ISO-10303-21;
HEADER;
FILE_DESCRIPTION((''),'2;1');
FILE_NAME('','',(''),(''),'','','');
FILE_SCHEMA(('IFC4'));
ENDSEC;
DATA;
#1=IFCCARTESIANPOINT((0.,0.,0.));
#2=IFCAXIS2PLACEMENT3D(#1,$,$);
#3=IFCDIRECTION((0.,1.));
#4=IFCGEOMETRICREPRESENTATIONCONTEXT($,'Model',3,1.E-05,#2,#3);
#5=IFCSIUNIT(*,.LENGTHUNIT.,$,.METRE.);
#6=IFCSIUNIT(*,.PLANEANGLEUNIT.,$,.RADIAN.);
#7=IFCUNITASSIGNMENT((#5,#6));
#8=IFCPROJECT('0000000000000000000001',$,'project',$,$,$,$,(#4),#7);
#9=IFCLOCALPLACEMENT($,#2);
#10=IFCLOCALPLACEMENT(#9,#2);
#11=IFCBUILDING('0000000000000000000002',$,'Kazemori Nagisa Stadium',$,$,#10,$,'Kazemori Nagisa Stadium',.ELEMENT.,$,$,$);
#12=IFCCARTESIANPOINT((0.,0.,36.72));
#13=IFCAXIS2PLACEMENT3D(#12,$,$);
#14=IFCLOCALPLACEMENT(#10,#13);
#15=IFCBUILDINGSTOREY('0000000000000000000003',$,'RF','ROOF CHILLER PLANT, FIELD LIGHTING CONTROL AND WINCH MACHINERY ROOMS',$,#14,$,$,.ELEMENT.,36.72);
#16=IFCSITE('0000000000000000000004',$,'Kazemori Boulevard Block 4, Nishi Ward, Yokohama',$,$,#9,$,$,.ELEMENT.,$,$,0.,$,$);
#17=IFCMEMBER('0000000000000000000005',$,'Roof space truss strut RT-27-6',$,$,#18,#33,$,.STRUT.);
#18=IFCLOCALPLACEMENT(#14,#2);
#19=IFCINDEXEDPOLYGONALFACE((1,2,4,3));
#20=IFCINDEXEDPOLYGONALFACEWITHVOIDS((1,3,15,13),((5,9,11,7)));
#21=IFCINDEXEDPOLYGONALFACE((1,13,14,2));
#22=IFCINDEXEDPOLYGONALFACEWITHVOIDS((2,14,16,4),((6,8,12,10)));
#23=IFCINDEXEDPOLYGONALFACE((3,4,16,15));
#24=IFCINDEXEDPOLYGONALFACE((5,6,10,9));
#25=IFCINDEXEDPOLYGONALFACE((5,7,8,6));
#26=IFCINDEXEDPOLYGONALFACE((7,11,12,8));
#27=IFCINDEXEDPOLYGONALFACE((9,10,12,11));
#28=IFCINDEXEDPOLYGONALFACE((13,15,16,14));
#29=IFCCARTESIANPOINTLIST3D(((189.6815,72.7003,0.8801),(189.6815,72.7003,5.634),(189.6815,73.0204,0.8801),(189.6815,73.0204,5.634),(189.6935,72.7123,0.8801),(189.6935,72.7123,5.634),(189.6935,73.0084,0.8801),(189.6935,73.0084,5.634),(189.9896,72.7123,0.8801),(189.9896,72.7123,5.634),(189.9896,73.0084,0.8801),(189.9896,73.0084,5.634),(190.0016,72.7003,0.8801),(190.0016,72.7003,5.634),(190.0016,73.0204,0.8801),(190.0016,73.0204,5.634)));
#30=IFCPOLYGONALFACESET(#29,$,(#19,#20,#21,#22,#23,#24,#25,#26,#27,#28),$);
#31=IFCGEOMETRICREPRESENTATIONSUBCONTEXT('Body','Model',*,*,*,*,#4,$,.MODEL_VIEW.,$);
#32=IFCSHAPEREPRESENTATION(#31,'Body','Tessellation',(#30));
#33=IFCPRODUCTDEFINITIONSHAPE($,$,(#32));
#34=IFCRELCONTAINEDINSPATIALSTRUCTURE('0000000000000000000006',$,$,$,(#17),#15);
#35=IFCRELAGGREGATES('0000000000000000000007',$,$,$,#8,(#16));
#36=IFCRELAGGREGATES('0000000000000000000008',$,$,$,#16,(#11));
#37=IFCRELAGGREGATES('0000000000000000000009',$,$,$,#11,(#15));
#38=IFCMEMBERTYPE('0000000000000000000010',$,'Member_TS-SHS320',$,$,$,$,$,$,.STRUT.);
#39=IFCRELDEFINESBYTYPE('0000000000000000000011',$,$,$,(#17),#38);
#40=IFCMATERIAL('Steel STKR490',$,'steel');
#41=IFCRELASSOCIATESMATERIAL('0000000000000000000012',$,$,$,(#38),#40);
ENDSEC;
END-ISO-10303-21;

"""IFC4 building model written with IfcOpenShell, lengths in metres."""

from ifc_helpers import new_model, si_unit, direction, frame, origin, origin_2d, place, context, subcontext, project, spatial, hollow_rectangle, extrude, material, material_profile, profile_set, type_object, element, save


model = new_model("IFC4")

# Units and contexts
model_context = context("Model", 3, precision=1e-05, world=origin(), true_north=direction((0.0, 1.0)))
body_context = subcontext(model_context, "Body", "Model", "MODEL_VIEW")
ifc_project = project(units=[si_unit("LENGTHUNIT", "METRE"), si_unit("PLANEANGLEUNIT", "RADIAN")], contexts=[model_context])

# Site, building, storey
site_placement = place(None, origin())
site = spatial("IfcSite", under=ifc_project, at=site_placement, Name="Kazemori Boulevard Block 4, Nishi Ward, Yokohama", CompositionType="ELEMENT", RefElevation=0.0)
building_placement = place(site_placement, origin())
building = spatial("IfcBuilding", under=site, at=building_placement, Name="Kazemori Nagisa Stadium", LongName="Kazemori Nagisa Stadium", CompositionType="ELEMENT")
storey_placement = place(building_placement, frame((0.0, 0.0, 36.72)))
storey = spatial("IfcBuildingStorey", under=building, at=storey_placement, Name="RF", Description="ROOF CHILLER PLANT, FIELD LIGHTING CONTROL AND WINCH MACHINERY ROOMS", CompositionType="ELEMENT", Elevation=36.72)

# Member
ifc_material_1 = material(Name="Steel STKR490", Category="steel")
ifc_material_profile_1 = material_profile(ifc_material_1, hollow_rectangle(XDim=0.3201, YDim=0.3201, WallThickness=0.012, at=origin_2d()), Name="SHS-320x320x12")
ifc_profile_set_1 = profile_set([ifc_material_profile_1], Name="Steel STKR490")
member_type_1 = type_object("IfcMemberType", Name="Member_TS-SHS320", PredefinedType="STRUT", material=ifc_profile_set_1)
member_1_placement = place(storey_placement, frame((189.8416, 72.8604, 0.8801), z_axis=(0.0, 0.0, 1.0), x_axis=(1.0, 0.0, 0.0)))
element("IfcMember", 1, at=member_1_placement, inside=storey, type_object=member_type_1, Name="Roof space truss strut RT-27-6", PredefinedType="STRUT", context=body_context, shape_type="SweptSolid", body=[
    extrude(hollow_rectangle(XDim=0.3201, YDim=0.3201, WallThickness=0.012, at=origin_2d()), origin(), (0.0, 0.0, 1.0), 4.7539),
])

save(model, "model.ifc")
